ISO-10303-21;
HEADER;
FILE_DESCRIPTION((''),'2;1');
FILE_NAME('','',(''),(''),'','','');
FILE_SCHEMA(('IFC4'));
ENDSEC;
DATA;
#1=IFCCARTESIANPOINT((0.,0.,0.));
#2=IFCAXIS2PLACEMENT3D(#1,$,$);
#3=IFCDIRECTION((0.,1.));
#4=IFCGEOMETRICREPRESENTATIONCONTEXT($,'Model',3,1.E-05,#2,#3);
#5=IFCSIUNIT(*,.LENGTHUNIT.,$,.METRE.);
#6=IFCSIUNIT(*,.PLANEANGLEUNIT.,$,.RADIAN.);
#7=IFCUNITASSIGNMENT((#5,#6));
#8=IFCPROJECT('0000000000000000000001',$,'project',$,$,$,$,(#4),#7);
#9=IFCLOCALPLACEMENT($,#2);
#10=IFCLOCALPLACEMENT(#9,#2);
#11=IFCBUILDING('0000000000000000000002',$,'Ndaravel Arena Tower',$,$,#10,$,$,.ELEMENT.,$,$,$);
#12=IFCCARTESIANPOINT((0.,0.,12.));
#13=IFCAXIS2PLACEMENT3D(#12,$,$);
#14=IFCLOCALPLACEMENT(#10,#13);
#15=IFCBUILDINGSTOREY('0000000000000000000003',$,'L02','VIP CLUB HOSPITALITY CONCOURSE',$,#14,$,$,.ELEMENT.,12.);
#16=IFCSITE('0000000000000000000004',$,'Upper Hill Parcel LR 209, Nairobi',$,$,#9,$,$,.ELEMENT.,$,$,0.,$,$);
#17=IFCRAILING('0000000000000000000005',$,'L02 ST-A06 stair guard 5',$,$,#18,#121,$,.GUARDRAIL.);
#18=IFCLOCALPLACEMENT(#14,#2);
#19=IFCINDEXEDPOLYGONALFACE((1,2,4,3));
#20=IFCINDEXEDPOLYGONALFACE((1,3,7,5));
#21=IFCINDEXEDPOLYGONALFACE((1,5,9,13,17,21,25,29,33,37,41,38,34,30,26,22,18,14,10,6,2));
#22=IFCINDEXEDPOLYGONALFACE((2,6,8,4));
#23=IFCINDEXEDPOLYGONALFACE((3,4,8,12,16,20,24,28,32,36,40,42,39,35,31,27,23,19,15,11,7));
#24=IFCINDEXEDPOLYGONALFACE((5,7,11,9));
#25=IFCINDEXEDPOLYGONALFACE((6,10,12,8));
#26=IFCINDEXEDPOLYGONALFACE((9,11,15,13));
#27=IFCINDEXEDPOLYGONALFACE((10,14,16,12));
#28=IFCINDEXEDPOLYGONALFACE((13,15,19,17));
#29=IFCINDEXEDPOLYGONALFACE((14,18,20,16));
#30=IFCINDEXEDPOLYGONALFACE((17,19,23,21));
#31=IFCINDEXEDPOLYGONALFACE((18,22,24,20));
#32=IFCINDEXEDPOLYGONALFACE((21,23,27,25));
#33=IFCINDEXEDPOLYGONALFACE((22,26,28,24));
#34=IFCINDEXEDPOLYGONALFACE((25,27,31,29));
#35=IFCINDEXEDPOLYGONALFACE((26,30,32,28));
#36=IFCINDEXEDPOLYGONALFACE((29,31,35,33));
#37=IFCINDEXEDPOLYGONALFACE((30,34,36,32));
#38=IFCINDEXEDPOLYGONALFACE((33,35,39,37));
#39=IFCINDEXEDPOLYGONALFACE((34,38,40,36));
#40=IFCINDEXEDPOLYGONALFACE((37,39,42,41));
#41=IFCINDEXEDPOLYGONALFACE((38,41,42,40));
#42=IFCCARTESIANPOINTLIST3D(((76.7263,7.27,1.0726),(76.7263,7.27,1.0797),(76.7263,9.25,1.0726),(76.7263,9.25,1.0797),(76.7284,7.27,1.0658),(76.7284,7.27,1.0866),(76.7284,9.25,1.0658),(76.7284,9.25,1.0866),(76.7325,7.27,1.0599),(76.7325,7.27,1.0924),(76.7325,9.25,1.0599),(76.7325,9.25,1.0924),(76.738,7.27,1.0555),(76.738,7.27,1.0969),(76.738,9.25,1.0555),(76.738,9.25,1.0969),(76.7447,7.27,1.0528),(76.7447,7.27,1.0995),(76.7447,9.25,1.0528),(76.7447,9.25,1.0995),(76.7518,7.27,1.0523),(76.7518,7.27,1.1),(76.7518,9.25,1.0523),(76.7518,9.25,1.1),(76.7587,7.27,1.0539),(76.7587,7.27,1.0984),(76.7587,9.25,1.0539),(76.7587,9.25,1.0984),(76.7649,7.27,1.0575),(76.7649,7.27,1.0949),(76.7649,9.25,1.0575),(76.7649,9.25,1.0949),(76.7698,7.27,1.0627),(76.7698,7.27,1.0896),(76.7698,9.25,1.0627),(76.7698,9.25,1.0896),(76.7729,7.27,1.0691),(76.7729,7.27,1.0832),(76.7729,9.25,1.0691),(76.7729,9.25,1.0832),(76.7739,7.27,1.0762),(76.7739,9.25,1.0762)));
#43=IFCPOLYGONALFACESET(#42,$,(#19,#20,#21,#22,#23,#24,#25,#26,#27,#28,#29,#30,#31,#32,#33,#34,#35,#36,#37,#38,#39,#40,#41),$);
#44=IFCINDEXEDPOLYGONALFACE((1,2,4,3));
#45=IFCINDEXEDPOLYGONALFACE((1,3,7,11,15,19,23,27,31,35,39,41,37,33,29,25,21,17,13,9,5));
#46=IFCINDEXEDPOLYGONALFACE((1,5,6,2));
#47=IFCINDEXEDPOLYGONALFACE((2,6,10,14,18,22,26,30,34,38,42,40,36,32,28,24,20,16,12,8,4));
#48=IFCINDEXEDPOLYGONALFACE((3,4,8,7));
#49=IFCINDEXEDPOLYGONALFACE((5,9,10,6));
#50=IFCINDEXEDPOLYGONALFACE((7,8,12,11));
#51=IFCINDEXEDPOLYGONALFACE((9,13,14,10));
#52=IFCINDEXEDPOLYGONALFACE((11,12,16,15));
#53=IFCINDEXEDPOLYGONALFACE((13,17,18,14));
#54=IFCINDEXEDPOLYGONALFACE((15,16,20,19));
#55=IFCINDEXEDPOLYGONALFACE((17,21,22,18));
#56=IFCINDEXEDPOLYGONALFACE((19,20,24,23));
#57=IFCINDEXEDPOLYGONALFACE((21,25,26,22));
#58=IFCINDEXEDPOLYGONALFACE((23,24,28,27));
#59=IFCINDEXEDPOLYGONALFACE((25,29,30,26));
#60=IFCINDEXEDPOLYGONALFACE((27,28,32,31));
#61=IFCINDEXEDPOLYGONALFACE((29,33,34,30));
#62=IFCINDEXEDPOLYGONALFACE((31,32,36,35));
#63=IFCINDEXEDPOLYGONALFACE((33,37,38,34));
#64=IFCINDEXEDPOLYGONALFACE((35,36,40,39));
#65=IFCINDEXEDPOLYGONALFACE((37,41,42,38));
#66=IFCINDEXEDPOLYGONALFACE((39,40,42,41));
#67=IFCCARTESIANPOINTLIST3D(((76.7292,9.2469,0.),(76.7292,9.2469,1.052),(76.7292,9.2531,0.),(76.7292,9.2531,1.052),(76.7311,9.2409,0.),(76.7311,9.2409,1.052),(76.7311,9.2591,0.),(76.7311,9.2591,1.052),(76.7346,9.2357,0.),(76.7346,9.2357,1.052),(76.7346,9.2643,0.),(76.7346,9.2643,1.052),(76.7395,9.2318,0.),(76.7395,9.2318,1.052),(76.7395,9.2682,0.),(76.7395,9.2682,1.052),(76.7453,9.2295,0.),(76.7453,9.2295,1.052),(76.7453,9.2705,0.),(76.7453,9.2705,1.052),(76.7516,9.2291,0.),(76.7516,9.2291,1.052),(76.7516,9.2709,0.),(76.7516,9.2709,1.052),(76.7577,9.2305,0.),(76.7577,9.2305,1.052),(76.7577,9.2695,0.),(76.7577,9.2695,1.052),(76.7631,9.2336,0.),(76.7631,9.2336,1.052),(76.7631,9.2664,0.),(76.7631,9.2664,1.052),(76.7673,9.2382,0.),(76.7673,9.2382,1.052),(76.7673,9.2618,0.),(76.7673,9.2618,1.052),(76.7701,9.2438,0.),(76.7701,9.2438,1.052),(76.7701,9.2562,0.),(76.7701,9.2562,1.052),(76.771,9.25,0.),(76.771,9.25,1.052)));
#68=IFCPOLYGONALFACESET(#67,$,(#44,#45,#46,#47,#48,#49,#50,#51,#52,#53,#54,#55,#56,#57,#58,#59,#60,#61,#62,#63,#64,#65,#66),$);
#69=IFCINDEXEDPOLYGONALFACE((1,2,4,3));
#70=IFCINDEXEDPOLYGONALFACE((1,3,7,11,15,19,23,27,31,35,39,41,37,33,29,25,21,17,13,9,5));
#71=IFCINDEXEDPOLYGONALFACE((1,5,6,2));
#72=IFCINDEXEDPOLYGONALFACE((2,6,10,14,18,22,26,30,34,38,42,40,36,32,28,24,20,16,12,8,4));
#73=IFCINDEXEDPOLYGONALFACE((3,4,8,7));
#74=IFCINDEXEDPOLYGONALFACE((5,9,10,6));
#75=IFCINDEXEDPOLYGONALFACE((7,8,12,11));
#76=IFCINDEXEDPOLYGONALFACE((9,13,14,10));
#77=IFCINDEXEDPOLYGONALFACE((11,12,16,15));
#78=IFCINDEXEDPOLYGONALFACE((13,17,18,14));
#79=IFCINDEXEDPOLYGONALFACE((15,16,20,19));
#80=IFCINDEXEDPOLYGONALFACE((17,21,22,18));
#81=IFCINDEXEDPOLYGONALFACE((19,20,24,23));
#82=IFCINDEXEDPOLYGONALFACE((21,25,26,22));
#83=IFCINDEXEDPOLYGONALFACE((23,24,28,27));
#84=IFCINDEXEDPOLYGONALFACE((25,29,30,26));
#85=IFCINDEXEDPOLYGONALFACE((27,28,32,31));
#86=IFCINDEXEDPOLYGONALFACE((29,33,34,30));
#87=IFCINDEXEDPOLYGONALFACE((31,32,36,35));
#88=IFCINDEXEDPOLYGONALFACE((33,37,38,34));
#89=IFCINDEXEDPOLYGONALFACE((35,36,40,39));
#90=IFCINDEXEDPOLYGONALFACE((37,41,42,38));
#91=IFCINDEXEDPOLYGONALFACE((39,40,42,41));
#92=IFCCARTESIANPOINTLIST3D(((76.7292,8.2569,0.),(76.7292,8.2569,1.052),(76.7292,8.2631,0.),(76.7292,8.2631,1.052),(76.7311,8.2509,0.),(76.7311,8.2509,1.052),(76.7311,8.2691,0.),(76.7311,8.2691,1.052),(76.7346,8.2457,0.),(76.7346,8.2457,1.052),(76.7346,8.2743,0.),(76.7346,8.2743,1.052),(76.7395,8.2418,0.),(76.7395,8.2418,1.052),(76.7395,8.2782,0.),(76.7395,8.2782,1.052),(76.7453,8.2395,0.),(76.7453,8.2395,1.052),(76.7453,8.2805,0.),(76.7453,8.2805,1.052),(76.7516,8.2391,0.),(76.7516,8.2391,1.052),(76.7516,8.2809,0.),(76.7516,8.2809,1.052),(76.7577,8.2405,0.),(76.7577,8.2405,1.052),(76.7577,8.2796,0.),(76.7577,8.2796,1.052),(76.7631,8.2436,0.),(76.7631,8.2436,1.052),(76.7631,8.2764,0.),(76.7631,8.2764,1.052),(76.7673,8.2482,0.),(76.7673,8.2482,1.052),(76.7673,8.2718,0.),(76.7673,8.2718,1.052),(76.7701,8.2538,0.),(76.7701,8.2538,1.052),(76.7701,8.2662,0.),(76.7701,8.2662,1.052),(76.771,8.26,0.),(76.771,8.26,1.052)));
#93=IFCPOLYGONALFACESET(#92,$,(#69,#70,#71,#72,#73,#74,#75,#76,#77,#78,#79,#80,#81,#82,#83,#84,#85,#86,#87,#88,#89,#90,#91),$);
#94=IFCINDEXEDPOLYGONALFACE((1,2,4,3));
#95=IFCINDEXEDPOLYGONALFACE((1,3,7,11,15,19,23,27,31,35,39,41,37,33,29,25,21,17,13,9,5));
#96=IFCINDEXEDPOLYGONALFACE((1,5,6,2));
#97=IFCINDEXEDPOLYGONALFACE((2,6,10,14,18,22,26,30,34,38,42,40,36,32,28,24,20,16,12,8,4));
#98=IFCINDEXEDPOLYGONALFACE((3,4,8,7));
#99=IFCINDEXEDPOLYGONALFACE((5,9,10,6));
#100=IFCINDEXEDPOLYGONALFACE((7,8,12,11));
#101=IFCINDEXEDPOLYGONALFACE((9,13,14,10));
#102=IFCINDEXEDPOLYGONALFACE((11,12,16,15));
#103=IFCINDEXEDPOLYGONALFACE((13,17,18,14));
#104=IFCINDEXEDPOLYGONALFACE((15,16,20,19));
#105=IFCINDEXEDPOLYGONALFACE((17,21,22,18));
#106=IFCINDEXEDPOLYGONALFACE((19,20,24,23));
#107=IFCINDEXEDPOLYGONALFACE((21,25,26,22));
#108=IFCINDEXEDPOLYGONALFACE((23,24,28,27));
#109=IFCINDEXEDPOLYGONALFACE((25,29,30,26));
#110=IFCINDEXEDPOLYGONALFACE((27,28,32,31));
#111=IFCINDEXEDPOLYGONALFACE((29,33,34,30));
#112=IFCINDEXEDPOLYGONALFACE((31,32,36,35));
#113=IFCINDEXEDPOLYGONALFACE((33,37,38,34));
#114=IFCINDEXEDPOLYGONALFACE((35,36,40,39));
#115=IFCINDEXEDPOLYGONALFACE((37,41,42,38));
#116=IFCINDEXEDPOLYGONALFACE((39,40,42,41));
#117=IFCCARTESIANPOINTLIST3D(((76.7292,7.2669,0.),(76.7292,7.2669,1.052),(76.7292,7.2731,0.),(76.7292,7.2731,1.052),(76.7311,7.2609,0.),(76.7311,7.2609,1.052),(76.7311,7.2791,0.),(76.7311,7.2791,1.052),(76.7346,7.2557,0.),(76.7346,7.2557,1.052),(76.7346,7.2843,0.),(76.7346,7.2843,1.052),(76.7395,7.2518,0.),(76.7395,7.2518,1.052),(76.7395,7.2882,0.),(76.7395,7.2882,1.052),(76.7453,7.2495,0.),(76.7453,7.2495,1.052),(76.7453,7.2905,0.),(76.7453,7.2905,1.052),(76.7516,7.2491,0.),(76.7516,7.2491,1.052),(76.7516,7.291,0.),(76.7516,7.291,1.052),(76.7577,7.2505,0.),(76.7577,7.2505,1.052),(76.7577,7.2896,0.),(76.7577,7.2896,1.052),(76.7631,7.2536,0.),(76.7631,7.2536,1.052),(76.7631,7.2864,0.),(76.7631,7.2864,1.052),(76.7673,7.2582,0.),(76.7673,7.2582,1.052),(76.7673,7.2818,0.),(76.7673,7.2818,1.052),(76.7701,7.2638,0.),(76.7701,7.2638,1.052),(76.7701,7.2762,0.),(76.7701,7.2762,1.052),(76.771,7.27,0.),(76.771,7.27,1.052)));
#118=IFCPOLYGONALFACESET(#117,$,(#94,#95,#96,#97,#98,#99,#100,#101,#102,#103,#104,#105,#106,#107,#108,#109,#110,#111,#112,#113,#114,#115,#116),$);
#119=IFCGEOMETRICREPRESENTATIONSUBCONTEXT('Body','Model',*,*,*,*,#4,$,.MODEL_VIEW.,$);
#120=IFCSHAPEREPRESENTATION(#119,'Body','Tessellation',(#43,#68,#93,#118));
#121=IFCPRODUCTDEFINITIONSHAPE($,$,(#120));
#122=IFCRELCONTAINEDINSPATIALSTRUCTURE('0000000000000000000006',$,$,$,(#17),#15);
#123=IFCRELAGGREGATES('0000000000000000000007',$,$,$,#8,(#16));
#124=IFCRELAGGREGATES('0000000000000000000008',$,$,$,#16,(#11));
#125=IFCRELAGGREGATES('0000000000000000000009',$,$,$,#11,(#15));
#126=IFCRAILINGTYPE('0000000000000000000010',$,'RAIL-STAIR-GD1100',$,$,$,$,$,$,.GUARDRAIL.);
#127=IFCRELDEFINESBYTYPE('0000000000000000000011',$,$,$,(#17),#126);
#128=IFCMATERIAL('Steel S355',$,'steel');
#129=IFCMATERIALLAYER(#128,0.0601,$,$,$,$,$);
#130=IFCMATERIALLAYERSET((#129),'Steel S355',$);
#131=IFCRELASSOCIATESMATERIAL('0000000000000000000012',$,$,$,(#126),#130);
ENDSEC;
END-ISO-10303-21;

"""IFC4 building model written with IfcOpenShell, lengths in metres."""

from ifc_helpers import new_model, si_unit, direction, frame, origin, origin_2d, place, context, subcontext, project, spatial, circle, extrude, material, layer, layer_set, type_object, element, save


model = new_model("IFC4")

# Units and contexts
model_context = context("Model", 3, precision=1e-05, world=origin(), true_north=direction((0.0, 1.0)))
body_context = subcontext(model_context, "Body", "Model", "MODEL_VIEW")
ifc_project = project(units=[si_unit("LENGTHUNIT", "METRE"), si_unit("PLANEANGLEUNIT", "RADIAN")], contexts=[model_context])

# Site, building, storey
site_placement = place(None, origin())
site = spatial("IfcSite", under=ifc_project, at=site_placement, Name="Upper Hill Parcel LR 209, Nairobi", CompositionType="ELEMENT", RefElevation=0.0)
building_placement = place(site_placement, origin())
building = spatial("IfcBuilding", under=site, at=building_placement, Name="Ndaravel Arena Tower", CompositionType="ELEMENT")
storey_placement = place(building_placement, frame((0.0, 0.0, 12.0)))
storey = spatial("IfcBuildingStorey", under=building, at=storey_placement, Name="L02", Description="VIP CLUB HOSPITALITY CONCOURSE", CompositionType="ELEMENT", Elevation=12.0)

# Railing
ifc_material_1 = material(Name="Steel S355", Category="steel")
ifc_layer_1 = layer(ifc_material_1, 0.0601)
ifc_layer_set_1 = layer_set([ifc_layer_1], Name="Steel S355")
railing_type = type_object("IfcRailingType", Name="RAIL-STAIR-GD1100", PredefinedType="GUARDRAIL", material=ifc_layer_set_1)
for number, where, name in (
    (1, (76.75, 9.25, 0.0), "L02 ST-A06 stair guard 5"),
):
    element("IfcRailing", number, at=place(storey_placement, frame(where)), inside=storey, type_object=railing_type, Name=name, PredefinedType="GUARDRAIL", context=body_context, shape_type="SweptSolid", body=[
        extrude(circle(Radius=0.0239, at=origin_2d()), frame((0.0, 0.0, 1.0762), z_axis=(0.0, -1.0, 0.0), x_axis=(1.0, 0.0, 0.0)), (0.0, 0.0, 1.0), 1.98),
        extrude(circle(Radius=0.021, at=origin_2d()), origin(), (0.0, 0.0, 1.0), 1.052),
        extrude(circle(Radius=0.021, at=origin_2d()), frame((0.0, -0.99, 0.0)), (0.0, 0.0, 1.0), 1.052),
        extrude(circle(Radius=0.021, at=origin_2d()), frame((0.0, -1.98, 0.0)), (0.0, 0.0, 1.0), 1.052),
    ])

save(model, "model.ifc")
